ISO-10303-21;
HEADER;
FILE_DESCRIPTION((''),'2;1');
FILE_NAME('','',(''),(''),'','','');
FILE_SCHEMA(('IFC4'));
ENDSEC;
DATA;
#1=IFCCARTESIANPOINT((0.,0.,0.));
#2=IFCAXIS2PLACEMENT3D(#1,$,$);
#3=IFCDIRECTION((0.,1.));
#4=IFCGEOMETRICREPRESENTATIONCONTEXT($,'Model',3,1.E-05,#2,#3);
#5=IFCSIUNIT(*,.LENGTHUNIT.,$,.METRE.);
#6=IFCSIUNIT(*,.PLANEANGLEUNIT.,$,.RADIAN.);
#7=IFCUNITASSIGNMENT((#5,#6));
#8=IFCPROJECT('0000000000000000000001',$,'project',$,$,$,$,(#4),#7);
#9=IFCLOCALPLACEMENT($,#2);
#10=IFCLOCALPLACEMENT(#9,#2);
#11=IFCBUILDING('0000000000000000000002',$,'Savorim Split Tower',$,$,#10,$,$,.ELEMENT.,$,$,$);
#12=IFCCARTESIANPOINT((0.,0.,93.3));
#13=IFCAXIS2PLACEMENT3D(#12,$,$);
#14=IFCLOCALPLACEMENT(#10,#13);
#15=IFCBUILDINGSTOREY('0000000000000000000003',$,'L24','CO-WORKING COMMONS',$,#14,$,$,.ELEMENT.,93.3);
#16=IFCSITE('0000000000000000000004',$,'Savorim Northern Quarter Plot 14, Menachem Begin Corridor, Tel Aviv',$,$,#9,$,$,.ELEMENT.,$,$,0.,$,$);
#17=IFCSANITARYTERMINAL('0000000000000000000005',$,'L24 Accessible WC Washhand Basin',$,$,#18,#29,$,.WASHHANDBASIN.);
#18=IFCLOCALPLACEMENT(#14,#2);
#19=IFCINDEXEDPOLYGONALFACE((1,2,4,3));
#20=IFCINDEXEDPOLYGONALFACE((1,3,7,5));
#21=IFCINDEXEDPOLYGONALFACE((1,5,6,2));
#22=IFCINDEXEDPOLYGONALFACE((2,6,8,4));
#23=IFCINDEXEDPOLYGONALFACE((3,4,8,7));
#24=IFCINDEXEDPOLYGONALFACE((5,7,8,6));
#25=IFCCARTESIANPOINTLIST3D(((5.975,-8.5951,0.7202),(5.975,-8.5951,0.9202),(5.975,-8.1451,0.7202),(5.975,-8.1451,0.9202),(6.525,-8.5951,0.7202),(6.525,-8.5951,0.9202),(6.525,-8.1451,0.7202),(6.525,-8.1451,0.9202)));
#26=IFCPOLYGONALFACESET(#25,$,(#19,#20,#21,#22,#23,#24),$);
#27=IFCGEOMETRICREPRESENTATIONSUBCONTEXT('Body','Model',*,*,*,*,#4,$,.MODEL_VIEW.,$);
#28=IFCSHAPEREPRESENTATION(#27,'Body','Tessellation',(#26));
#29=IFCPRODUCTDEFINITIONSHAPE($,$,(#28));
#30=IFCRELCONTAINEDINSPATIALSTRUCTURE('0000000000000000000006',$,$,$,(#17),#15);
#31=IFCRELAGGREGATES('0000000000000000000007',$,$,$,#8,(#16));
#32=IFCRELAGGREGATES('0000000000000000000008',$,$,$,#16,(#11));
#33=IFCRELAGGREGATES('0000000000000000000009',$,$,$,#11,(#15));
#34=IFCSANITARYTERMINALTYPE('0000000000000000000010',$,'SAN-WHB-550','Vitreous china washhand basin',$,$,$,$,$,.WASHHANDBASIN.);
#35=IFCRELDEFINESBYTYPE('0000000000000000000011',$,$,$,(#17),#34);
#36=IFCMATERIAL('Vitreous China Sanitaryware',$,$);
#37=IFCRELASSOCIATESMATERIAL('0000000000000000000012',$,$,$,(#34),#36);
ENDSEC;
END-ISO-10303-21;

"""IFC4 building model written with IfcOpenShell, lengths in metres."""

from ifc_helpers import new_model, si_unit, direction, frame, origin, origin_2d, place, context, subcontext, project, spatial, rectangle, extrude, material, type_object, element, save


model = new_model("IFC4")

# Units and contexts
model_context = context("Model", 3, precision=1e-05, world=origin(), true_north=direction((0.0, 1.0)))
body_context = subcontext(model_context, "Body", "Model", "MODEL_VIEW")
ifc_project = project(units=[si_unit("LENGTHUNIT", "METRE"), si_unit("PLANEANGLEUNIT", "RADIAN")], contexts=[model_context])

# Site, building, storey
site_placement = place(None, origin())
site = spatial("IfcSite", under=ifc_project, at=site_placement, Name="Savorim Northern Quarter Plot 14, Menachem Begin Corridor, Tel Aviv", CompositionType="ELEMENT", RefElevation=0.0)
building_placement = place(site_placement, origin())
building = spatial("IfcBuilding", under=site, at=building_placement, Name="Savorim Split Tower", CompositionType="ELEMENT")
storey_placement = place(building_placement, frame((0.0, 0.0, 93.3)))
storey = spatial("IfcBuildingStorey", under=building, at=storey_placement, Name="L24", Description="CO-WORKING COMMONS", CompositionType="ELEMENT", Elevation=93.3)

# Sanitary terminal
ifc_material_1 = material(Name="Vitreous China Sanitaryware")
sanitary_terminal_type_1 = type_object("IfcSanitaryTerminalType", Name="SAN-WHB-550", Description="Vitreous china washhand basin", PredefinedType="WASHHANDBASIN", material=ifc_material_1)
sanitary_terminal_1_placement = place(storey_placement, frame((6.25, -8.3701, 0.7202), z_axis=(0.0, 0.0, 1.0), x_axis=(1.0, 0.0, 0.0)))
element("IfcSanitaryTerminal", 1, at=sanitary_terminal_1_placement, inside=storey, type_object=sanitary_terminal_type_1, Name="L24 Accessible WC Washhand Basin", PredefinedType="WASHHANDBASIN", context=body_context, shape_type="SweptSolid", body=[
    extrude(rectangle(XDim=0.55, YDim=0.45, at=origin_2d()), origin(), (0.0, 0.0, 1.0), 0.2),
])

save(model, "model.ifc")
